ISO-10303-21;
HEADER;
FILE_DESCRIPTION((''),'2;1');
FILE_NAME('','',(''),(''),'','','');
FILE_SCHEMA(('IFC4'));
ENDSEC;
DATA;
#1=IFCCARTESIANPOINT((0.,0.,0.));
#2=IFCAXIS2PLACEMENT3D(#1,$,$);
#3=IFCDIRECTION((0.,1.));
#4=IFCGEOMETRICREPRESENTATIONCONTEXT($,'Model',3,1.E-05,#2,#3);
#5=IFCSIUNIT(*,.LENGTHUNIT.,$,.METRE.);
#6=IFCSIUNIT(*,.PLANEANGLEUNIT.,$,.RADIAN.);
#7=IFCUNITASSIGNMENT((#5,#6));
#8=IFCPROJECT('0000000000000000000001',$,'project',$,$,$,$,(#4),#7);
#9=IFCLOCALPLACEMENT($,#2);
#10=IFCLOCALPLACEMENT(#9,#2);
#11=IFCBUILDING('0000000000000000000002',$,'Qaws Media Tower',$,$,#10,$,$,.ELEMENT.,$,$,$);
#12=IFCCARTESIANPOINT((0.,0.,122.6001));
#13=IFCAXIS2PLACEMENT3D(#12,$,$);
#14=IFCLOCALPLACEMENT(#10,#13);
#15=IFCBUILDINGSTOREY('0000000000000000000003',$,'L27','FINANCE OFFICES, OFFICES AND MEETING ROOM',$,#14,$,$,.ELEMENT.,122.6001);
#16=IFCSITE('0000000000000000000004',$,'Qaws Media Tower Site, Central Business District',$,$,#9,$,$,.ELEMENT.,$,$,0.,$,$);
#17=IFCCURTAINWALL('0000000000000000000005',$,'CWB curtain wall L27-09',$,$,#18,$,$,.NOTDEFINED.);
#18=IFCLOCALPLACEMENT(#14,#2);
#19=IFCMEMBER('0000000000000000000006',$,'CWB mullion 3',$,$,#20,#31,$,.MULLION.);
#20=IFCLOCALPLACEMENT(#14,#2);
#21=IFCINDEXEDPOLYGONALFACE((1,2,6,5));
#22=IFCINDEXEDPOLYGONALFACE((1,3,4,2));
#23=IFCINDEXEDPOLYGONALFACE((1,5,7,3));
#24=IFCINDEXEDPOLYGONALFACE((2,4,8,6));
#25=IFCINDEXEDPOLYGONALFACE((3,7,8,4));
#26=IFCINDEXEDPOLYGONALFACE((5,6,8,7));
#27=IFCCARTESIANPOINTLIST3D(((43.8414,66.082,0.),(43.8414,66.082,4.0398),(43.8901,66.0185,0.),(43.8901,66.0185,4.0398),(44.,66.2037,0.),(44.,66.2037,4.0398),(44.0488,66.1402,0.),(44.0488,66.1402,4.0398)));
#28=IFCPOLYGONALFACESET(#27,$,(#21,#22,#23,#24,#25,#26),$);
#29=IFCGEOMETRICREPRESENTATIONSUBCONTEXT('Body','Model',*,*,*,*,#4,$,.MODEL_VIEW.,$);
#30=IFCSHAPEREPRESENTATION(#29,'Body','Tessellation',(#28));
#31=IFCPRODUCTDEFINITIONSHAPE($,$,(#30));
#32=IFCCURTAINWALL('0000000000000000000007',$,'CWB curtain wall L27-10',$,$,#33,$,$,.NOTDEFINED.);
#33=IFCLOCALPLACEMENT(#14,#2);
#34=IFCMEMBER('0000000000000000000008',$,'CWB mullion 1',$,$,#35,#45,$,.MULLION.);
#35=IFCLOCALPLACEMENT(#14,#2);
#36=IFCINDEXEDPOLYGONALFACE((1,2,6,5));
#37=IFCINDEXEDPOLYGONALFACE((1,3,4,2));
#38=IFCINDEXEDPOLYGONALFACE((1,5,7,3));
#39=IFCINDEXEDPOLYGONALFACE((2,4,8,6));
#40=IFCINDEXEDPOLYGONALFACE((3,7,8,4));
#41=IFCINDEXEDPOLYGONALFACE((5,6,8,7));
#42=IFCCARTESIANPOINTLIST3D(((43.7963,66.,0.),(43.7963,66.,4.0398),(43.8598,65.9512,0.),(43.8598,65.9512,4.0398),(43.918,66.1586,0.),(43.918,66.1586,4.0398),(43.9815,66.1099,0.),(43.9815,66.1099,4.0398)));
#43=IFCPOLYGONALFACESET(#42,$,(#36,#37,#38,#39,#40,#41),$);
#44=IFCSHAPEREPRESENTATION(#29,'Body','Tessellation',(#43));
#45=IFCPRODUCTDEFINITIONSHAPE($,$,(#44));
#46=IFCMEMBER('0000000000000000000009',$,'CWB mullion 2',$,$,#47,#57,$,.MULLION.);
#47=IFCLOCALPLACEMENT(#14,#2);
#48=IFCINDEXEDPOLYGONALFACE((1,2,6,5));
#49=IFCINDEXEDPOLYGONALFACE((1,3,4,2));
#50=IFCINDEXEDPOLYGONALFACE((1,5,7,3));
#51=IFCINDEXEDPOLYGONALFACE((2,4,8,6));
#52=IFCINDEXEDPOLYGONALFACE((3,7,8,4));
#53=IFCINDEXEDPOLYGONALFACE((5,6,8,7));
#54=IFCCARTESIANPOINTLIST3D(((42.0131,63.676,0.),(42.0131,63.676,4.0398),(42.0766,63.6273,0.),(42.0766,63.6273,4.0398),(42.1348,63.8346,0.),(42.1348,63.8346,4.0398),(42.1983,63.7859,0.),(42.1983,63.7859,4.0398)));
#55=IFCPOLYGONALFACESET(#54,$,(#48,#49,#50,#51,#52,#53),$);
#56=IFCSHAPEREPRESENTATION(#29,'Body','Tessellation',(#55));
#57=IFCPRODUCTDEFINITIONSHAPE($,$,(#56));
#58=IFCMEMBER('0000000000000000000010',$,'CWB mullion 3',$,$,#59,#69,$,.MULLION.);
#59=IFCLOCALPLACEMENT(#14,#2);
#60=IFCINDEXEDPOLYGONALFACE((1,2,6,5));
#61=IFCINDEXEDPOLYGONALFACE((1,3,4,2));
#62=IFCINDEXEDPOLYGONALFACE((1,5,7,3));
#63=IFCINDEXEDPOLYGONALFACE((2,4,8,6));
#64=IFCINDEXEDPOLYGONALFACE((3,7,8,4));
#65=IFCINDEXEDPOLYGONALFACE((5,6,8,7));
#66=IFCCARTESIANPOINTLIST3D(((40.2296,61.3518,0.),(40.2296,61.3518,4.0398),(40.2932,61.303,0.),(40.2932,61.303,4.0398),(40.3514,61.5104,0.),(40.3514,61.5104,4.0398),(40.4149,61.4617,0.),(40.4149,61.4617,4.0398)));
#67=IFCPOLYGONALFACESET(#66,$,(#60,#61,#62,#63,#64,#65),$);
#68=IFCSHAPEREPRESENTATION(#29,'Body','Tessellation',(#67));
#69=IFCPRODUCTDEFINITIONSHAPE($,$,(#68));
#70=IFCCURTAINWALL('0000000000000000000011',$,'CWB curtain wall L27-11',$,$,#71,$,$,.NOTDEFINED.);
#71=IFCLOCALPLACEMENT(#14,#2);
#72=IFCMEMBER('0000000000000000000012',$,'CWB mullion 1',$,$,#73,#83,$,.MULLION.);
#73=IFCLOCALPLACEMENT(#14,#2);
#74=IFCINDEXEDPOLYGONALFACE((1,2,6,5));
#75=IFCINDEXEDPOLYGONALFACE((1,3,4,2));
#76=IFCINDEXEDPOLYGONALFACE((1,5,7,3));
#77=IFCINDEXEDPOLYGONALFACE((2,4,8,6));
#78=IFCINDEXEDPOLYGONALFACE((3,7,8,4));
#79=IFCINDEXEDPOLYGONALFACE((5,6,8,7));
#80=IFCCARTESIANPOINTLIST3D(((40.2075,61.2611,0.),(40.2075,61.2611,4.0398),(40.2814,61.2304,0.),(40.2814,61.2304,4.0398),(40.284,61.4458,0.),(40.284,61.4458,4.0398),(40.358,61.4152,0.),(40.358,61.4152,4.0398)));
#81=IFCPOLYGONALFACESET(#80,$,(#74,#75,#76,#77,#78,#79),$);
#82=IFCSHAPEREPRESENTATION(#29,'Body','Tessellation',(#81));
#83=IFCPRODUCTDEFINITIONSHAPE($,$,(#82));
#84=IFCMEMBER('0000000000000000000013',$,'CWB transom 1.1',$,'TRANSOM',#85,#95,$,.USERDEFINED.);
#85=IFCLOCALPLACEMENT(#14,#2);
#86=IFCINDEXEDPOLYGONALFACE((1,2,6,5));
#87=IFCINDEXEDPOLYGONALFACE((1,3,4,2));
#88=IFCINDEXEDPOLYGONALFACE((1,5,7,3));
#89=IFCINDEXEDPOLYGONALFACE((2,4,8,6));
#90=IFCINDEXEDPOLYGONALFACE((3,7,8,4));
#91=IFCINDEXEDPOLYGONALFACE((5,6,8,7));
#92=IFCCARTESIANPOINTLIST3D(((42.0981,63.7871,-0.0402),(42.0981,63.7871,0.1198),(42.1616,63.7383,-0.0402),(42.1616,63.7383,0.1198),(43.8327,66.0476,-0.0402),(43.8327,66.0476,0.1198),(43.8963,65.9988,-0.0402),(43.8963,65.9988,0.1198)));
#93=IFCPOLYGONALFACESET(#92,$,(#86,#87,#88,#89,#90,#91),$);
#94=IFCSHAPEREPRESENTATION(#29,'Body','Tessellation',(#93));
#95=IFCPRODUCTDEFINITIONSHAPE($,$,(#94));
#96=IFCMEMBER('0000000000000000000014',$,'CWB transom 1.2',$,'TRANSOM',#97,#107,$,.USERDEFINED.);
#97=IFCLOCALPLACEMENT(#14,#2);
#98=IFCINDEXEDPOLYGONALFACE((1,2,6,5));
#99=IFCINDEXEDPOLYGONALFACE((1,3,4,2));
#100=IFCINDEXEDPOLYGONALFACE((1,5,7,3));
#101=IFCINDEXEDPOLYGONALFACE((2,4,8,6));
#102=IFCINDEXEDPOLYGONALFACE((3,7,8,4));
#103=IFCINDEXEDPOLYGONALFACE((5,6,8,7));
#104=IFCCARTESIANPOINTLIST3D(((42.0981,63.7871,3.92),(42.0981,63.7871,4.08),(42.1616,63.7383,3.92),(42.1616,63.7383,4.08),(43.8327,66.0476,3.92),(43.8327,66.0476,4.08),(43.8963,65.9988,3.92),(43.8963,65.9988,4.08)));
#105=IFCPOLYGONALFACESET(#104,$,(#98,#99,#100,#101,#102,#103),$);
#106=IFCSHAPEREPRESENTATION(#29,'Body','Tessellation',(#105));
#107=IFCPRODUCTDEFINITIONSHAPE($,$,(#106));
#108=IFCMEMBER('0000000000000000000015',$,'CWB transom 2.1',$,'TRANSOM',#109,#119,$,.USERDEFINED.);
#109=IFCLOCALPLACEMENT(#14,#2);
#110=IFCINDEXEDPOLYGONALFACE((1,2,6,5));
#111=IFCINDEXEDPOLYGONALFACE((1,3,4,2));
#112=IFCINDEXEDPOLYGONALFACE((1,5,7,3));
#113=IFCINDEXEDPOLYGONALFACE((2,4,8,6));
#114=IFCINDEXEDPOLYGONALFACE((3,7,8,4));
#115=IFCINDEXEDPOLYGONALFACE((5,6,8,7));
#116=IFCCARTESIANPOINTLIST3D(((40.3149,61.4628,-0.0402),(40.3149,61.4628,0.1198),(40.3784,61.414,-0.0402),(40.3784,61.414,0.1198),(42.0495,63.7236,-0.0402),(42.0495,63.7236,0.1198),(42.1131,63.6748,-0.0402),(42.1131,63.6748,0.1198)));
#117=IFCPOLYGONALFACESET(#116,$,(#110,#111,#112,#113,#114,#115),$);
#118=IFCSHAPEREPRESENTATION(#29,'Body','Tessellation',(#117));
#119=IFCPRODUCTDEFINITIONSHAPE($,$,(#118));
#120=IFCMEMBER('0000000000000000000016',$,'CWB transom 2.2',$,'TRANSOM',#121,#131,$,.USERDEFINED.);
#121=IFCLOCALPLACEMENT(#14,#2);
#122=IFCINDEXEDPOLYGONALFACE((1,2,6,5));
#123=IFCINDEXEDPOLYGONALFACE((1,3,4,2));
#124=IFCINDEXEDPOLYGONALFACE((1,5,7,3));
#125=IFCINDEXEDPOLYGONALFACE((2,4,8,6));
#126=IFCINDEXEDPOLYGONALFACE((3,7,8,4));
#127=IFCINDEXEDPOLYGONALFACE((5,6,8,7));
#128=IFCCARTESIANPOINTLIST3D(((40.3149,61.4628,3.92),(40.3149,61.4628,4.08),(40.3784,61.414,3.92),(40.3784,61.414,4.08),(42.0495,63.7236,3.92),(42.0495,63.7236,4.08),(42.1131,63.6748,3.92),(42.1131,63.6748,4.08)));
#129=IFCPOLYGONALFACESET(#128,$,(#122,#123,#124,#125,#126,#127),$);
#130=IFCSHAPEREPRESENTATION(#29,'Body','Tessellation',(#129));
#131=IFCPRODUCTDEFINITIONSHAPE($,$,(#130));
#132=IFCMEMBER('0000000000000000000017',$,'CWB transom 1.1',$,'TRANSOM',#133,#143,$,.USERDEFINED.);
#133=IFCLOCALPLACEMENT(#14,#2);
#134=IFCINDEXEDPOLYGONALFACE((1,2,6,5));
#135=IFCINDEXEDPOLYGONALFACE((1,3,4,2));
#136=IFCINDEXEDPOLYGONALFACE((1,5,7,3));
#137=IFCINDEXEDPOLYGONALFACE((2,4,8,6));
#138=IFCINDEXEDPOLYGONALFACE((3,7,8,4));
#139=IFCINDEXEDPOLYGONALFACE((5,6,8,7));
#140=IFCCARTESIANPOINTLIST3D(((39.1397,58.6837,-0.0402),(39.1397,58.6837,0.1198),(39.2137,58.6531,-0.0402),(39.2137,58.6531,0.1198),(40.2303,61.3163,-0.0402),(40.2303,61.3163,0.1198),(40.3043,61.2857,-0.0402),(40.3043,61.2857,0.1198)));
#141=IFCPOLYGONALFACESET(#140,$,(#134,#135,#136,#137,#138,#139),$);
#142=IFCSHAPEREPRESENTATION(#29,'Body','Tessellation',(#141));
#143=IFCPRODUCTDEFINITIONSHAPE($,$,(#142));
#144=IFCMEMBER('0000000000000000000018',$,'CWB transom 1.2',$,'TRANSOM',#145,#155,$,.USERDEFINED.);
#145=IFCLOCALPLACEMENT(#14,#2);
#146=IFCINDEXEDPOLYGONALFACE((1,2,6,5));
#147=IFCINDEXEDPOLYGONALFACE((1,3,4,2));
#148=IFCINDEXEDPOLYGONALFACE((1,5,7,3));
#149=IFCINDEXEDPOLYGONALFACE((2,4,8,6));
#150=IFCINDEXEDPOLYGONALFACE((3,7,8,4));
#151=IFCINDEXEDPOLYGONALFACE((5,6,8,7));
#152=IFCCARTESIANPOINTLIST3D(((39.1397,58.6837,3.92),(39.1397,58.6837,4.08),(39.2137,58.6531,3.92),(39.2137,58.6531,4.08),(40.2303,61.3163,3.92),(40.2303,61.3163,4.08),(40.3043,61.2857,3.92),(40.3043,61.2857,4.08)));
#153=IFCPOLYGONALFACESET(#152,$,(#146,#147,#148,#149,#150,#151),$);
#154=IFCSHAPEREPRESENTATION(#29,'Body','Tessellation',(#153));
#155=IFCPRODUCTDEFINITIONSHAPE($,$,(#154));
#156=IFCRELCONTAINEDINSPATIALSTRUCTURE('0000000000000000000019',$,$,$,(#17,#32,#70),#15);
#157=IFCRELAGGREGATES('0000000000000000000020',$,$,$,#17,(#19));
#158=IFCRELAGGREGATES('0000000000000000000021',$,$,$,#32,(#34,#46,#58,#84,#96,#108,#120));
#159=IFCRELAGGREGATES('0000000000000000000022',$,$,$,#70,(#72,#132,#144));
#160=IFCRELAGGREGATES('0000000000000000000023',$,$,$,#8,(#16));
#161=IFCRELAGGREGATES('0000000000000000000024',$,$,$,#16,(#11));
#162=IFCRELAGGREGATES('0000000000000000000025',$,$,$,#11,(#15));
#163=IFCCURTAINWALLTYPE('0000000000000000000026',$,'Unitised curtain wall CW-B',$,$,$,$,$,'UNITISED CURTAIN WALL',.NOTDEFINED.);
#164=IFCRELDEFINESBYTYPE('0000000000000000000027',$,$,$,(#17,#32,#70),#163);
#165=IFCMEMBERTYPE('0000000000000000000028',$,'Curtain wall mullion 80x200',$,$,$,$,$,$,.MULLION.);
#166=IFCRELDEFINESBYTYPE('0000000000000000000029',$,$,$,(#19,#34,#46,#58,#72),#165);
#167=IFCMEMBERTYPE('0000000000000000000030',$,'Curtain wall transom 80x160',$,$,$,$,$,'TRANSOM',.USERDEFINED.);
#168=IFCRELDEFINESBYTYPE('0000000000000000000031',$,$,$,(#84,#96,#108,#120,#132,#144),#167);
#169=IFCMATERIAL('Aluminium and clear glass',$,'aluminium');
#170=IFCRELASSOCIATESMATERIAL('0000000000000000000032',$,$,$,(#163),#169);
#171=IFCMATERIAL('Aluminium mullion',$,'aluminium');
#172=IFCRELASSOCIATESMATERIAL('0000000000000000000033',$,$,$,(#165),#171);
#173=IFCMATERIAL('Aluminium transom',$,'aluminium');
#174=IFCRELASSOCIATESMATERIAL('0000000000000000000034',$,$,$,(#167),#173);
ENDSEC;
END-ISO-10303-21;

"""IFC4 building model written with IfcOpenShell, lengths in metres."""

from ifc_helpers import new_model, si_unit, direction, frame, origin, origin_2d, place, context, subcontext, project, spatial, rectangle, extrude, material, material_profile, profile_set, type_object, element, aggregate, save


model = new_model("IFC4")

# Units and contexts
model_context = context("Model", 3, precision=1e-05, world=origin(), true_north=direction((0.0, 1.0)))
body_context = subcontext(model_context, "Body", "Model", "MODEL_VIEW")
ifc_project = project(units=[si_unit("LENGTHUNIT", "METRE"), si_unit("PLANEANGLEUNIT", "RADIAN")], contexts=[model_context])

# Site, building, storey
site_placement = place(None, origin())
site = spatial("IfcSite", under=ifc_project, at=site_placement, Name="Qaws Media Tower Site, Central Business District", CompositionType="ELEMENT", RefElevation=0.0)
building_placement = place(site_placement, origin())
building = spatial("IfcBuilding", under=site, at=building_placement, Name="Qaws Media Tower", CompositionType="ELEMENT")
storey_placement = place(building_placement, frame((0.0, 0.0, 122.6001)))
storey = spatial("IfcBuildingStorey", under=building, at=storey_placement, Name="L27", Description="FINANCE OFFICES, OFFICES AND MEETING ROOM", CompositionType="ELEMENT", Elevation=122.6001)

# Curtain wall, member
ifc_material_1 = material(Name="Aluminium and clear glass", Category="aluminium")
curtain_wall_type = type_object("IfcCurtainWallType", Name="Unitised curtain wall CW-B", ElementType="UNITISED CURTAIN WALL", PredefinedType="NOTDEFINED", material=ifc_material_1)
curtain_wall_1_placement = place(storey_placement, origin())
curtain_wall_1 = element("IfcCurtainWall", 1, at=curtain_wall_1_placement, inside=storey, type_object=curtain_wall_type, Name="CWB curtain wall L27-09", PredefinedType="NOTDEFINED")
ifc_material_2 = material(Name="Aluminium mullion", Category="aluminium")
ifc_material_profile_1 = material_profile(ifc_material_2, rectangle(XDim=0.0801, YDim=0.2, at=origin_2d()), Name="80x200")
ifc_profile_set_1 = profile_set([ifc_material_profile_1], Name="Aluminium mullion")
member_type_1 = type_object("IfcMemberType", Name="Curtain wall mullion 80x200", PredefinedType="MULLION", material=ifc_profile_set_1)
member_1_placement = place(storey_placement, frame((43.9451, 66.1111, 0.0), z_axis=(0.0, 0.0, 1.0), x_axis=(0.608761, -0.793353, 0.0)))
member_1 = element("IfcMember", 2, at=member_1_placement, type_object=member_type_1, Name="CWB mullion 3", PredefinedType="MULLION", context=body_context, shape_type="SweptSolid", body=[
    extrude(rectangle(XDim=0.0801, YDim=0.2, at=origin_2d()), origin(), (0.0, 0.0, 1.0), 4.0398),
])

# Curtain wall, members
curtain_wall_2_placement = place(storey_placement, origin())
curtain_wall_2 = element("IfcCurtainWall", 3, at=curtain_wall_2_placement, inside=storey, type_object=curtain_wall_type, Name="CWB curtain wall L27-10", PredefinedType="NOTDEFINED")
member_2_placement = place(storey_placement, frame((43.8889, 66.0549, 0.0), z_axis=(0.0, 0.0, 1.0), x_axis=(0.793353, -0.608761, 0.0)))
member_2 = element("IfcMember", 4, at=member_2_placement, type_object=member_type_1, Name="CWB mullion 1", PredefinedType="MULLION", context=body_context, shape_type="SweptSolid", body=[
    extrude(rectangle(XDim=0.0801, YDim=0.2, at=origin_2d()), origin(), (0.0, 0.0, 1.0), 4.0398),
])
member_3_placement = place(storey_placement, frame((42.1057, 63.731, 0.0), z_axis=(0.0, 0.0, 1.0), x_axis=(0.793353, -0.608761, 0.0)))
member_3 = element("IfcMember", 5, at=member_3_placement, type_object=member_type_1, Name="CWB mullion 2", PredefinedType="MULLION", context=body_context, shape_type="SweptSolid", body=[
    extrude(rectangle(XDim=0.0801, YDim=0.2, at=origin_2d()), origin(), (0.0, 0.0, 1.0), 4.0398),
])
member_4_placement = place(storey_placement, frame((40.3223, 61.4067, 0.0), z_axis=(0.0, 0.0, 1.0), x_axis=(0.793353, -0.608761, 0.0)))
member_4 = element("IfcMember", 6, at=member_4_placement, type_object=member_type_1, Name="CWB mullion 3", PredefinedType="MULLION", context=body_context, shape_type="SweptSolid", body=[
    extrude(rectangle(XDim=0.0801, YDim=0.2, at=origin_2d()), origin(), (0.0, 0.0, 1.0), 4.0398),
])

# Curtain wall, member
curtain_wall_3_placement = place(storey_placement, origin())
curtain_wall_3 = element("IfcCurtainWall", 7, at=curtain_wall_3_placement, inside=storey, type_object=curtain_wall_type, Name="CWB curtain wall L27-11", PredefinedType="NOTDEFINED")
member_5_placement = place(storey_placement, frame((40.2827, 61.3381, 0.0), z_axis=(0.0, 0.0, 1.0), x_axis=(0.92388, -0.382683, 0.0)))
member_5 = element("IfcMember", 8, at=member_5_placement, type_object=member_type_1, Name="CWB mullion 1", PredefinedType="MULLION", context=body_context, shape_type="SweptSolid", body=[
    extrude(rectangle(XDim=0.0801, YDim=0.2, at=origin_2d()), origin(), (0.0, 0.0, 1.0), 4.0398),
])

# Members
ifc_material_3 = material(Name="Aluminium transom", Category="aluminium")
ifc_material_profile_2 = material_profile(ifc_material_3, rectangle(XDim=0.0801, YDim=0.1599, at=origin_2d()), Name="80x160")
ifc_profile_set_2 = profile_set([ifc_material_profile_2], Name="Aluminium transom")
member_type_2 = type_object("IfcMemberType", Name="Curtain wall transom 80x160", ElementType="TRANSOM", PredefinedType="USERDEFINED", material=ifc_profile_set_2)
member_6_placement = place(storey_placement, frame((43.8645, 66.0232, 0.0398), z_axis=(-0.608779, -0.79334, 0.0), x_axis=(0.79334, -0.608779, 0.0)))
member_6 = element("IfcMember", 9, at=member_6_placement, type_object=member_type_2, Name="CWB transom 1.1", ObjectType="TRANSOM", PredefinedType="USERDEFINED", context=body_context, shape_type="SweptSolid", body=[
    extrude(rectangle(XDim=0.0801, YDim=0.1599, at=origin_2d()), origin(), (0.0, 0.0, 1.0), 2.8494),
])
member_7_placement = place(storey_placement, frame((43.8645, 66.0232, 4.0), z_axis=(-0.608779, -0.79334, 0.0), x_axis=(0.79334, -0.608779, 0.0)))
member_7 = element("IfcMember", 10, at=member_7_placement, type_object=member_type_2, Name="CWB transom 1.2", ObjectType="TRANSOM", PredefinedType="USERDEFINED", context=body_context, shape_type="SweptSolid", body=[
    extrude(rectangle(XDim=0.0801, YDim=0.1599, at=origin_2d()), origin(), (0.0, 0.0, 1.0), 2.8494),
])
member_8_placement = place(storey_placement, frame((42.0813, 63.6992, 0.0398), z_axis=(-0.608737, -0.793372, 0.0), x_axis=(0.793372, -0.608737, 0.0)))
member_8 = element("IfcMember", 11, at=member_8_placement, type_object=member_type_2, Name="CWB transom 2.1", ObjectType="TRANSOM", PredefinedType="USERDEFINED", context=body_context, shape_type="SweptSolid", body=[
    extrude(rectangle(XDim=0.0801, YDim=0.1599, at=origin_2d()), origin(), (0.0, 0.0, 1.0), 2.8496),
])
member_9_placement = place(storey_placement, frame((42.0813, 63.6992, 4.0), z_axis=(-0.608737, -0.793372, 0.0), x_axis=(0.793372, -0.608737, 0.0)))
member_9 = element("IfcMember", 12, at=member_9_placement, type_object=member_type_2, Name="CWB transom 2.2", ObjectType="TRANSOM", PredefinedType="USERDEFINED", context=body_context, shape_type="SweptSolid", body=[
    extrude(rectangle(XDim=0.0801, YDim=0.1599, at=origin_2d()), origin(), (0.0, 0.0, 1.0), 2.8496),
])
member_10_placement = place(storey_placement, frame((40.2673, 61.301, 0.0398), z_axis=(-0.382723, -0.923863, 0.0), x_axis=(0.923863, -0.382723, 0.0)))
member_10 = element("IfcMember", 13, at=member_10_placement, type_object=member_type_2, Name="CWB transom 1.1", ObjectType="TRANSOM", PredefinedType="USERDEFINED", context=body_context, shape_type="SweptSolid", body=[
    extrude(rectangle(XDim=0.0801, YDim=0.1599, at=origin_2d()), origin(), (0.0, 0.0, 1.0), 2.8496),
])
member_11_placement = place(storey_placement, frame((40.2673, 61.301, 4.0), z_axis=(-0.382723, -0.923863, 0.0), x_axis=(0.923863, -0.382723, 0.0)))
member_11 = element("IfcMember", 14, at=member_11_placement, type_object=member_type_2, Name="CWB transom 1.2", ObjectType="TRANSOM", PredefinedType="USERDEFINED", context=body_context, shape_type="SweptSolid", body=[
    extrude(rectangle(XDim=0.0801, YDim=0.1599, at=origin_2d()), origin(), (0.0, 0.0, 1.0), 2.8496),
])

aggregate(curtain_wall_1, [member_1])
aggregate(curtain_wall_2, [member_2, member_3, member_4, member_6, member_7, member_8, member_9])
aggregate(curtain_wall_3, [member_5, member_10, member_11])

save(model, "model.ifc")
